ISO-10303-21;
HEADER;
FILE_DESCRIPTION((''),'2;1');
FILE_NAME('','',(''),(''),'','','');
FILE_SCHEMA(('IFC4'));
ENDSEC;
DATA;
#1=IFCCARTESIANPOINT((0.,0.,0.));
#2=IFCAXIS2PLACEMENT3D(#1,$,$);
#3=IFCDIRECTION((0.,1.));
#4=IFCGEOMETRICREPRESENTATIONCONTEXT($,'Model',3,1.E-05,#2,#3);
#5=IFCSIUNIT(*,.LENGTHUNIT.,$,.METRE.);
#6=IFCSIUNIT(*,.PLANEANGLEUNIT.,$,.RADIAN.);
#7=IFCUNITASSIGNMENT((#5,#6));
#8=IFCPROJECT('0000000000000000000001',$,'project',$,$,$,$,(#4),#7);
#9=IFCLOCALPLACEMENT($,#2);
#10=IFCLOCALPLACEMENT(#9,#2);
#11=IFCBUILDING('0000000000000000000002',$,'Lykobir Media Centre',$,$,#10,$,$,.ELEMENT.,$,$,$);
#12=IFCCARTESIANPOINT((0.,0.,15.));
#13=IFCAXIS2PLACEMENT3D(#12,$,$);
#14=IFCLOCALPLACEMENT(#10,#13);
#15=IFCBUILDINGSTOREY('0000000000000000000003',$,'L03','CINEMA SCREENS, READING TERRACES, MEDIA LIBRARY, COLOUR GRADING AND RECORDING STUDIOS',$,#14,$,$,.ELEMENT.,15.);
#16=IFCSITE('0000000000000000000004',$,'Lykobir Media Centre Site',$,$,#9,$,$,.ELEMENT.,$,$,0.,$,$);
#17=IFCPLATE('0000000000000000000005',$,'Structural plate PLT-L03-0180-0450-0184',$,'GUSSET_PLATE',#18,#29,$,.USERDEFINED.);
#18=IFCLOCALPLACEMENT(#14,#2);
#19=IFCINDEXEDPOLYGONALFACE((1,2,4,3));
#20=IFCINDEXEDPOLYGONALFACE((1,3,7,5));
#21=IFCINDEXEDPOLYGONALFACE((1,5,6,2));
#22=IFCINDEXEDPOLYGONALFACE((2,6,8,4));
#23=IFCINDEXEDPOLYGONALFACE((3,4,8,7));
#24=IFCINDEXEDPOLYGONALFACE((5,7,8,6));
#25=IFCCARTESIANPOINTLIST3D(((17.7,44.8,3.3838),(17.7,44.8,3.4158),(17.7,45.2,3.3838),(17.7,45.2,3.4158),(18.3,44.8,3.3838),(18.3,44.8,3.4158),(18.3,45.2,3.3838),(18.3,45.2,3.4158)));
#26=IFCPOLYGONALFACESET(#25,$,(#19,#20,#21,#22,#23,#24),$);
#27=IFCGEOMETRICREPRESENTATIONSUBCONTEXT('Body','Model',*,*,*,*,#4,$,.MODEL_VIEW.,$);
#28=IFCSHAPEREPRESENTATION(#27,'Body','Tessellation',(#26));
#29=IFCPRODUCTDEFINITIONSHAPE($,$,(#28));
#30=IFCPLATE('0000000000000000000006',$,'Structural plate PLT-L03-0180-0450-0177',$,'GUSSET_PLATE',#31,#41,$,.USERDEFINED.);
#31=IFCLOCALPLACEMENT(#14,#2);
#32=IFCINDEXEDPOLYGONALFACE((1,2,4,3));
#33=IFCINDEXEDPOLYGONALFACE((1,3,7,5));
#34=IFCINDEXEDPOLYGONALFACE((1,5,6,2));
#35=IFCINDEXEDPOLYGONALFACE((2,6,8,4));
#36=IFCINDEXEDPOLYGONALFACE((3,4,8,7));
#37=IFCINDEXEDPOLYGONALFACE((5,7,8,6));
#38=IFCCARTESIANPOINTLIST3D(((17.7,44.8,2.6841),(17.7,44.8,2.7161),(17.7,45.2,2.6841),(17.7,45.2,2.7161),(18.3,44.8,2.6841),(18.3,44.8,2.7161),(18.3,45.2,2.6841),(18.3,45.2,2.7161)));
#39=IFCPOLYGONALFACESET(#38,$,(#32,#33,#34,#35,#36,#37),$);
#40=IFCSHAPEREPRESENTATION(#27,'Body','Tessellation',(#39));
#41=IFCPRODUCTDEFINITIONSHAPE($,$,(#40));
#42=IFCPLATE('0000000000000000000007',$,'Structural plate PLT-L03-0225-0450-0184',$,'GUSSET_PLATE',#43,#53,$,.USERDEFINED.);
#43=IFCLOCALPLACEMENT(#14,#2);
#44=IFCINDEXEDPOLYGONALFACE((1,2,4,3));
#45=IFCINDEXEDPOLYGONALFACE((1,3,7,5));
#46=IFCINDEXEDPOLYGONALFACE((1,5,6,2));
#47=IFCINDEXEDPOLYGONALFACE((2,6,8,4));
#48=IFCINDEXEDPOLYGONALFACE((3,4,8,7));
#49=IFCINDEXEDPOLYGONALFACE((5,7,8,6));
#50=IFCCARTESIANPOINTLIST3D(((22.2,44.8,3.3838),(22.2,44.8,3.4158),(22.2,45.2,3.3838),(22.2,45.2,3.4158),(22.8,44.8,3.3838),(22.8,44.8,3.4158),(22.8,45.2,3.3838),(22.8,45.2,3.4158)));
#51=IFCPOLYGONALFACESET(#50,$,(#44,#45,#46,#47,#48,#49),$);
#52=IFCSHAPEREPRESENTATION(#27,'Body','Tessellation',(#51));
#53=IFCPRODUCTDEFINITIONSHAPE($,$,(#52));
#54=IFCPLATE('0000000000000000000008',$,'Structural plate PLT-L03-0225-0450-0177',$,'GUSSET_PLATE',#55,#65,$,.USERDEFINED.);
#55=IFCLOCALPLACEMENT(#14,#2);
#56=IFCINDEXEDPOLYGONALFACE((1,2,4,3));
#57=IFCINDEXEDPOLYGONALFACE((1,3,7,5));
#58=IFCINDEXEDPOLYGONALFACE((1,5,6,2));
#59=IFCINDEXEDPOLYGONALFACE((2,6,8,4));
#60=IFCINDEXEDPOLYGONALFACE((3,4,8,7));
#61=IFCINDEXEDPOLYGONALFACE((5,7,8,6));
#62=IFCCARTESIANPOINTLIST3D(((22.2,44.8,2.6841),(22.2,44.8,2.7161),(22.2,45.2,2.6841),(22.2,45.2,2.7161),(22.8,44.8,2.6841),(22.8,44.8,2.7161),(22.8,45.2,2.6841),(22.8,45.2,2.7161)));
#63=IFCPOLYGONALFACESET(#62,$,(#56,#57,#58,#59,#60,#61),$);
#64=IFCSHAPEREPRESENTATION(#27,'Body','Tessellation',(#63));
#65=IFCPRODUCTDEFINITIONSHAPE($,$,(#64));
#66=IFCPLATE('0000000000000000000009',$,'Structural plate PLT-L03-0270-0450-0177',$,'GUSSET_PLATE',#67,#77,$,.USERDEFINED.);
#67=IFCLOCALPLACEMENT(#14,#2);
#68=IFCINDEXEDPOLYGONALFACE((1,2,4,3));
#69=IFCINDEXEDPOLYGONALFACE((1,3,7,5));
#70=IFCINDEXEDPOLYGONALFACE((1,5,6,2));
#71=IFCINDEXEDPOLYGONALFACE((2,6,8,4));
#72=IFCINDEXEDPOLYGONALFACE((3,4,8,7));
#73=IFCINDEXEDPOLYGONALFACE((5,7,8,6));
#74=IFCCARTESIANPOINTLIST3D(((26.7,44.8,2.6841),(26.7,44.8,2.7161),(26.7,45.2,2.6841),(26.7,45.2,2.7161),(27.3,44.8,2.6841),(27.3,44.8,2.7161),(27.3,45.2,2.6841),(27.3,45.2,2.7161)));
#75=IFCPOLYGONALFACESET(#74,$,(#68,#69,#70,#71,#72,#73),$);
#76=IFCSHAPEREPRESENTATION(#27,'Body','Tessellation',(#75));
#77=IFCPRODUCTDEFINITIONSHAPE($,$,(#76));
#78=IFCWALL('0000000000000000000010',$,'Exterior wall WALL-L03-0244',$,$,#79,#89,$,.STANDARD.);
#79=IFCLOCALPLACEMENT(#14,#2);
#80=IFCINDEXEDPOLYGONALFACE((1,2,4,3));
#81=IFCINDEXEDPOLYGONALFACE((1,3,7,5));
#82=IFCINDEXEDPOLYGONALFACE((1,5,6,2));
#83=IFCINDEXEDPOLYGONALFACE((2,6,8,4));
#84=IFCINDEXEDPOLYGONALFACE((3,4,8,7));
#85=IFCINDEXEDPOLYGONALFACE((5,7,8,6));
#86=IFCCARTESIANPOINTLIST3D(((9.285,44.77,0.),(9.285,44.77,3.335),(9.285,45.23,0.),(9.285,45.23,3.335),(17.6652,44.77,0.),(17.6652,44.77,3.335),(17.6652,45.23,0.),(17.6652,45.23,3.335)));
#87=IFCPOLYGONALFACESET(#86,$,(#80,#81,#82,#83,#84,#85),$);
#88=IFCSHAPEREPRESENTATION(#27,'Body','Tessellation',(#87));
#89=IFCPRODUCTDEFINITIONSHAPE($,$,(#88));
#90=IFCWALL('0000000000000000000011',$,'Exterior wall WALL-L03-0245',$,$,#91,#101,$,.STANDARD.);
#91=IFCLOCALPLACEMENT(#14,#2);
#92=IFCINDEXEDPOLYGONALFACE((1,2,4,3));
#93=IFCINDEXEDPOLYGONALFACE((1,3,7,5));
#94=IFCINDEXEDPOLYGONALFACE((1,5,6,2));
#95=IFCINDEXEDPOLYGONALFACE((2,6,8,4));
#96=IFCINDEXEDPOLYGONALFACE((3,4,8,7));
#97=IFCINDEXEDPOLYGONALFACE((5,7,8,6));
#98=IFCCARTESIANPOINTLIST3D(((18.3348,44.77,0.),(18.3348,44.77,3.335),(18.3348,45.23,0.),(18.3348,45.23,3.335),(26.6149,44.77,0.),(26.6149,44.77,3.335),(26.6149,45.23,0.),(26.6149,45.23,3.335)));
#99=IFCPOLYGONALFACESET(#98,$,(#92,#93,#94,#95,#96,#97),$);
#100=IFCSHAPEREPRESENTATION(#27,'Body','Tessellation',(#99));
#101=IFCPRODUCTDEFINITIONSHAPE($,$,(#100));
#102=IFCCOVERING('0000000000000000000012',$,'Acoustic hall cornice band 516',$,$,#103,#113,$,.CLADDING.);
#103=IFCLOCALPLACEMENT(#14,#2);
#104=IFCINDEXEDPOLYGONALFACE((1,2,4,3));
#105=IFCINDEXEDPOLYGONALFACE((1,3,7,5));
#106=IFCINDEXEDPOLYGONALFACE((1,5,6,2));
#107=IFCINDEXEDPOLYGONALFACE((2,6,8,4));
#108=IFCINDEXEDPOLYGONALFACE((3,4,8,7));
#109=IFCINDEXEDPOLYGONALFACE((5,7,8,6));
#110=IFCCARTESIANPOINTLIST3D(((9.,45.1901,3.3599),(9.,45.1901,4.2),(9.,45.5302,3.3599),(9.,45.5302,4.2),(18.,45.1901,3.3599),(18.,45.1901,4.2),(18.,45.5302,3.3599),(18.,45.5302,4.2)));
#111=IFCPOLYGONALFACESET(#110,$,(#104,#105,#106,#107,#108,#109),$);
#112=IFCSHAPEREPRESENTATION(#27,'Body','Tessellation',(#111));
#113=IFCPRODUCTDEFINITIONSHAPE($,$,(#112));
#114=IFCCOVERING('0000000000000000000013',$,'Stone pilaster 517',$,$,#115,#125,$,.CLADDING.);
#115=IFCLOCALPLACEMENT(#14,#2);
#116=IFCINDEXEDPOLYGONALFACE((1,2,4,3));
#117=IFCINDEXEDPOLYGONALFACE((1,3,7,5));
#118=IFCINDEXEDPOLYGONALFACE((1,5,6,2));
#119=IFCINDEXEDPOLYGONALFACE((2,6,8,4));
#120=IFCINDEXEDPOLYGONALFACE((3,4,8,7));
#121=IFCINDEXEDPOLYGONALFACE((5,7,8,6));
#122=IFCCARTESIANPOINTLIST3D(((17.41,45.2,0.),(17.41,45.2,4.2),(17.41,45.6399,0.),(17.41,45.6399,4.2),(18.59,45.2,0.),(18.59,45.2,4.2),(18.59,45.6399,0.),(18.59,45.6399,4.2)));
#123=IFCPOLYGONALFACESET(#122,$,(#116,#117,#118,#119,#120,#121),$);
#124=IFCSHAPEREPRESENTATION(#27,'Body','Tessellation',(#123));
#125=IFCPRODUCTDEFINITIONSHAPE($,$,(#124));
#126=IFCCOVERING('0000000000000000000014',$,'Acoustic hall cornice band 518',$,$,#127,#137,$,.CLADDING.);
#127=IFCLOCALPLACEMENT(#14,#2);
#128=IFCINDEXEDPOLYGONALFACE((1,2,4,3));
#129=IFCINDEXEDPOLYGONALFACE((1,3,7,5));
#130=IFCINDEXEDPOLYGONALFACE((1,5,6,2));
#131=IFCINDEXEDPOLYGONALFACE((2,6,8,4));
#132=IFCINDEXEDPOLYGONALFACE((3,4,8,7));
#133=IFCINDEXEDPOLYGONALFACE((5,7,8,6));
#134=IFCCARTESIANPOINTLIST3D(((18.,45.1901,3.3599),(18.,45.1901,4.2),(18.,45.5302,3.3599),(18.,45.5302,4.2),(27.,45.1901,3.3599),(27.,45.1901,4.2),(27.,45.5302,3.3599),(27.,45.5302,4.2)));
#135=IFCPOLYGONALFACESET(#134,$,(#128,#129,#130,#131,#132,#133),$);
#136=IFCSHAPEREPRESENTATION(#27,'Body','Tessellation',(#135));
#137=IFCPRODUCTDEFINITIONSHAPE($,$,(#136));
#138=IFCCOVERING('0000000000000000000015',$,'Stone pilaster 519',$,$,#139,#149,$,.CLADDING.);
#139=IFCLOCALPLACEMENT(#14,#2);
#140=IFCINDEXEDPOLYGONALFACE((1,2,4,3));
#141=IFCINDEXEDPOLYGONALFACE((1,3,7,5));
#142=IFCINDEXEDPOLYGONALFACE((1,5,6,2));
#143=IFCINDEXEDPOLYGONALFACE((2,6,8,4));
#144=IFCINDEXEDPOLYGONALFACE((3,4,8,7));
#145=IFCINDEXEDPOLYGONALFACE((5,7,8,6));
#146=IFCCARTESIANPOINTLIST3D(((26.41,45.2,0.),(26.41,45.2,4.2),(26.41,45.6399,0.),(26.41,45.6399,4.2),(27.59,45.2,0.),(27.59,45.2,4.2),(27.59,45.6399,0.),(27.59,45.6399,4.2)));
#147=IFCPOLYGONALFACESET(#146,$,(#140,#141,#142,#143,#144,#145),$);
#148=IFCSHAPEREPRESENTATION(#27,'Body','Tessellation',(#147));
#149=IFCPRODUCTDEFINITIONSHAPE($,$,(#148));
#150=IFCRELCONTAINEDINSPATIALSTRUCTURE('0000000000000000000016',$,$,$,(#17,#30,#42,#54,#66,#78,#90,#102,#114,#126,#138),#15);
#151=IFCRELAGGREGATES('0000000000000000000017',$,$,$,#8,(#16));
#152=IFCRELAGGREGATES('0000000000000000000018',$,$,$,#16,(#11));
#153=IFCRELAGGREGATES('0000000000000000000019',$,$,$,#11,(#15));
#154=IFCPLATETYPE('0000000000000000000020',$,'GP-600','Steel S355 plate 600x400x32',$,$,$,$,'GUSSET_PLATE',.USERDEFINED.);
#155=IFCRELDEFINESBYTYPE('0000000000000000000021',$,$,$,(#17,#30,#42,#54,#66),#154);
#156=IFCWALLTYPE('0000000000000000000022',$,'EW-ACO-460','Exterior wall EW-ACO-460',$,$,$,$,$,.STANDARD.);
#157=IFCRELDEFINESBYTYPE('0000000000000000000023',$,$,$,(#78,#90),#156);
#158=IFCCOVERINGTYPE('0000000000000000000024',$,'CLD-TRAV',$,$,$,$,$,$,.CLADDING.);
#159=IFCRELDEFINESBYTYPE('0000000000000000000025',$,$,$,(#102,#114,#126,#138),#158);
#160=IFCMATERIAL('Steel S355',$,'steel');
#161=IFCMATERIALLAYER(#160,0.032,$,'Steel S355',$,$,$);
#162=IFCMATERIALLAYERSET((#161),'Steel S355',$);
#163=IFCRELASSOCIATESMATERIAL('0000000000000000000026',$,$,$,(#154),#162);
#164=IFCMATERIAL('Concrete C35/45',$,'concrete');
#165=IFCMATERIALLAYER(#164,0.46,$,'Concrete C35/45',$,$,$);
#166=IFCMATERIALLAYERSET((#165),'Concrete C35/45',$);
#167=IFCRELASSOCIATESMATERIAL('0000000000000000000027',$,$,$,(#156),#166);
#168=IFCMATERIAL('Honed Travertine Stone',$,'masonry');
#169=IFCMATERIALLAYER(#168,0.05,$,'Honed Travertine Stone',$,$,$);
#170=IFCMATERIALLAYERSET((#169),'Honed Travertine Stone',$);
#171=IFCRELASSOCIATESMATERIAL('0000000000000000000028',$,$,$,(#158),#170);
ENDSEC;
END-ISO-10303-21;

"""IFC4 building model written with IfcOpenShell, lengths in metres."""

from ifc_helpers import new_model, si_unit, direction, frame, frame_2d, origin, origin_2d, place, context, subcontext, project, spatial, rectangle, extrude, material, layer, layer_set, type_object, element, save


model = new_model("IFC4")

# Units and contexts
model_context = context("Model", 3, precision=1e-05, world=origin(), true_north=direction((0.0, 1.0)))
body_context = subcontext(model_context, "Body", "Model", "MODEL_VIEW")
ifc_project = project(units=[si_unit("LENGTHUNIT", "METRE"), si_unit("PLANEANGLEUNIT", "RADIAN")], contexts=[model_context])

# Site, building, storey
site_placement = place(None, origin())
site = spatial("IfcSite", under=ifc_project, at=site_placement, Name="Lykobir Media Centre Site", CompositionType="ELEMENT", RefElevation=0.0)
building_placement = place(site_placement, origin())
building = spatial("IfcBuilding", under=site, at=building_placement, Name="Lykobir Media Centre", CompositionType="ELEMENT")
storey_placement = place(building_placement, frame((0.0, 0.0, 15.0)))
storey = spatial("IfcBuildingStorey", under=building, at=storey_placement, Name="L03", Description="CINEMA SCREENS, READING TERRACES, MEDIA LIBRARY, COLOUR GRADING AND RECORDING STUDIOS", CompositionType="ELEMENT", Elevation=15.0)

# Shared definitions
ifc_material_1 = material(Name="Steel S355", Category="steel")

# Plates
ifc_layer_1 = layer(ifc_material_1, 0.032, Name="Steel S355")
ifc_layer_set_1 = layer_set([ifc_layer_1], Name="Steel S355")
plate_type_1 = type_object("IfcPlateType", Name="GP-600", Description="Steel S355 plate 600x400x32", ElementType="GUSSET_PLATE", PredefinedType="USERDEFINED", material=ifc_layer_set_1)
for number, where, z_axis, x_axis, name in (
    (1, (18.0, 45.0, 3.3838), (0.0, 0.0, 1.0), (1.0, 0.0, 0.0), "Structural plate PLT-L03-0180-0450-0184"),
    (2, (18.0, 45.0, 2.6841), (0.0, 0.0, 1.0), (1.0, 0.0, 0.0), "Structural plate PLT-L03-0180-0450-0177"),
    (3, (22.5, 45.0, 3.3838), (0.0, 0.0, 1.0), (1.0, 0.0, 0.0), "Structural plate PLT-L03-0225-0450-0184"),
    (4, (22.5, 45.0, 2.6841), (0.0, 0.0, 1.0), (1.0, 0.0, 0.0), "Structural plate PLT-L03-0225-0450-0177"),
    (5, (27.0, 45.0, 2.6841), (0.0, 0.0, 1.0), (1.0, 0.0, 0.0), "Structural plate PLT-L03-0270-0450-0177"),
):
    element("IfcPlate", number, at=place(storey_placement, frame(where, z_axis=z_axis, x_axis=x_axis)), inside=storey, type_object=plate_type_1, Name=name, ObjectType="GUSSET_PLATE", PredefinedType="USERDEFINED", context=body_context, shape_type="SweptSolid", body=[
        extrude(rectangle(XDim=0.6001, YDim=0.3999, at=origin_2d()), origin(), (0.0, 0.0, 1.0), 0.032),
    ])

# Walls
ifc_material_2 = material(Name="Concrete C35/45", Category="concrete")
ifc_layer_2 = layer(ifc_material_2, 0.46, Name="Concrete C35/45")
ifc_layer_set_2 = layer_set([ifc_layer_2], Name="Concrete C35/45")
wall_type = type_object("IfcWallType", Name="EW-ACO-460", Description="Exterior wall EW-ACO-460", PredefinedType="STANDARD", material=ifc_layer_set_2)
wall_1_placement = place(storey_placement, frame((17.665, 45.0, 0.0), z_axis=(0.0, 0.0, 1.0), x_axis=(-1.0, 0.0, 0.0)))
element("IfcWall", 6, at=wall_1_placement, inside=storey, type_object=wall_type, Name="Exterior wall WALL-L03-0244", PredefinedType="STANDARD", context=body_context, shape_type="SweptSolid", body=[
    extrude(rectangle(XDim=8.3801, YDim=0.46, at=frame_2d((4.1899, 0.0))), origin(), (0.0, 0.0, 1.0), 3.335),
])
wall_2_placement = place(storey_placement, frame((26.615, 45.0, 0.0), z_axis=(0.0, 0.0, 1.0), x_axis=(-1.0, 0.0, 0.0)))
element("IfcWall", 7, at=wall_2_placement, inside=storey, type_object=wall_type, Name="Exterior wall WALL-L03-0245", PredefinedType="STANDARD", context=body_context, shape_type="SweptSolid", body=[
    extrude(rectangle(XDim=8.28, YDim=0.46, at=frame_2d((4.1401, 0.0))), origin(), (0.0, 0.0, 1.0), 3.335),
])

# Coverings
ifc_material_3 = material(Name="Honed Travertine Stone", Category="masonry")
ifc_layer_3 = layer(ifc_material_3, 0.05, Name="Honed Travertine Stone")
ifc_layer_set_3 = layer_set([ifc_layer_3], Name="Honed Travertine Stone")
covering_type = type_object("IfcCoveringType", Name="CLD-TRAV", PredefinedType="CLADDING", material=ifc_layer_set_3)
covering_1_placement = place(storey_placement, frame((13.5, 45.3601, 3.3599), z_axis=(0.0, 0.0, 1.0), x_axis=(-1.0, 0.0, 0.0)))
element("IfcCovering", 8, at=covering_1_placement, inside=storey, type_object=covering_type, Name="Acoustic hall cornice band 516", PredefinedType="CLADDING", context=body_context, shape_type="SweptSolid", body=[
    extrude(rectangle(XDim=9.0, YDim=0.3401, at=origin_2d()), origin(), (0.0, 0.0, 1.0), 0.8401),
])
covering_2_placement = place(storey_placement, frame((18.0, 45.4199, 0.0), z_axis=(0.0, 0.0, 1.0), x_axis=(-1.0, 0.0, 0.0)))
element("IfcCovering", 9, at=covering_2_placement, inside=storey, type_object=covering_type, Name="Stone pilaster 517", PredefinedType="CLADDING", context=body_context, shape_type="SweptSolid", body=[
    extrude(rectangle(XDim=1.1799, YDim=0.4399, at=origin_2d()), origin(), (0.0, 0.0, 1.0), 4.2),
])
covering_3_placement = place(storey_placement, frame((22.5, 45.3601, 3.3599), z_axis=(0.0, 0.0, 1.0), x_axis=(-1.0, 0.0, 0.0)))
element("IfcCovering", 10, at=covering_3_placement, inside=storey, type_object=covering_type, Name="Acoustic hall cornice band 518", PredefinedType="CLADDING", context=body_context, shape_type="SweptSolid", body=[
    extrude(rectangle(XDim=9.0, YDim=0.3401, at=origin_2d()), origin(), (0.0, 0.0, 1.0), 0.8401),
])
covering_4_placement = place(storey_placement, frame((27.0, 45.4199, 0.0), z_axis=(0.0, 0.0, 1.0), x_axis=(-1.0, 0.0, 0.0)))
element("IfcCovering", 11, at=covering_4_placement, inside=storey, type_object=covering_type, Name="Stone pilaster 519", PredefinedType="CLADDING", context=body_context, shape_type="SweptSolid", body=[
    extrude(rectangle(XDim=1.1799, YDim=0.4399, at=origin_2d()), origin(), (0.0, 0.0, 1.0), 4.2),
])

save(model, "model.ifc")
